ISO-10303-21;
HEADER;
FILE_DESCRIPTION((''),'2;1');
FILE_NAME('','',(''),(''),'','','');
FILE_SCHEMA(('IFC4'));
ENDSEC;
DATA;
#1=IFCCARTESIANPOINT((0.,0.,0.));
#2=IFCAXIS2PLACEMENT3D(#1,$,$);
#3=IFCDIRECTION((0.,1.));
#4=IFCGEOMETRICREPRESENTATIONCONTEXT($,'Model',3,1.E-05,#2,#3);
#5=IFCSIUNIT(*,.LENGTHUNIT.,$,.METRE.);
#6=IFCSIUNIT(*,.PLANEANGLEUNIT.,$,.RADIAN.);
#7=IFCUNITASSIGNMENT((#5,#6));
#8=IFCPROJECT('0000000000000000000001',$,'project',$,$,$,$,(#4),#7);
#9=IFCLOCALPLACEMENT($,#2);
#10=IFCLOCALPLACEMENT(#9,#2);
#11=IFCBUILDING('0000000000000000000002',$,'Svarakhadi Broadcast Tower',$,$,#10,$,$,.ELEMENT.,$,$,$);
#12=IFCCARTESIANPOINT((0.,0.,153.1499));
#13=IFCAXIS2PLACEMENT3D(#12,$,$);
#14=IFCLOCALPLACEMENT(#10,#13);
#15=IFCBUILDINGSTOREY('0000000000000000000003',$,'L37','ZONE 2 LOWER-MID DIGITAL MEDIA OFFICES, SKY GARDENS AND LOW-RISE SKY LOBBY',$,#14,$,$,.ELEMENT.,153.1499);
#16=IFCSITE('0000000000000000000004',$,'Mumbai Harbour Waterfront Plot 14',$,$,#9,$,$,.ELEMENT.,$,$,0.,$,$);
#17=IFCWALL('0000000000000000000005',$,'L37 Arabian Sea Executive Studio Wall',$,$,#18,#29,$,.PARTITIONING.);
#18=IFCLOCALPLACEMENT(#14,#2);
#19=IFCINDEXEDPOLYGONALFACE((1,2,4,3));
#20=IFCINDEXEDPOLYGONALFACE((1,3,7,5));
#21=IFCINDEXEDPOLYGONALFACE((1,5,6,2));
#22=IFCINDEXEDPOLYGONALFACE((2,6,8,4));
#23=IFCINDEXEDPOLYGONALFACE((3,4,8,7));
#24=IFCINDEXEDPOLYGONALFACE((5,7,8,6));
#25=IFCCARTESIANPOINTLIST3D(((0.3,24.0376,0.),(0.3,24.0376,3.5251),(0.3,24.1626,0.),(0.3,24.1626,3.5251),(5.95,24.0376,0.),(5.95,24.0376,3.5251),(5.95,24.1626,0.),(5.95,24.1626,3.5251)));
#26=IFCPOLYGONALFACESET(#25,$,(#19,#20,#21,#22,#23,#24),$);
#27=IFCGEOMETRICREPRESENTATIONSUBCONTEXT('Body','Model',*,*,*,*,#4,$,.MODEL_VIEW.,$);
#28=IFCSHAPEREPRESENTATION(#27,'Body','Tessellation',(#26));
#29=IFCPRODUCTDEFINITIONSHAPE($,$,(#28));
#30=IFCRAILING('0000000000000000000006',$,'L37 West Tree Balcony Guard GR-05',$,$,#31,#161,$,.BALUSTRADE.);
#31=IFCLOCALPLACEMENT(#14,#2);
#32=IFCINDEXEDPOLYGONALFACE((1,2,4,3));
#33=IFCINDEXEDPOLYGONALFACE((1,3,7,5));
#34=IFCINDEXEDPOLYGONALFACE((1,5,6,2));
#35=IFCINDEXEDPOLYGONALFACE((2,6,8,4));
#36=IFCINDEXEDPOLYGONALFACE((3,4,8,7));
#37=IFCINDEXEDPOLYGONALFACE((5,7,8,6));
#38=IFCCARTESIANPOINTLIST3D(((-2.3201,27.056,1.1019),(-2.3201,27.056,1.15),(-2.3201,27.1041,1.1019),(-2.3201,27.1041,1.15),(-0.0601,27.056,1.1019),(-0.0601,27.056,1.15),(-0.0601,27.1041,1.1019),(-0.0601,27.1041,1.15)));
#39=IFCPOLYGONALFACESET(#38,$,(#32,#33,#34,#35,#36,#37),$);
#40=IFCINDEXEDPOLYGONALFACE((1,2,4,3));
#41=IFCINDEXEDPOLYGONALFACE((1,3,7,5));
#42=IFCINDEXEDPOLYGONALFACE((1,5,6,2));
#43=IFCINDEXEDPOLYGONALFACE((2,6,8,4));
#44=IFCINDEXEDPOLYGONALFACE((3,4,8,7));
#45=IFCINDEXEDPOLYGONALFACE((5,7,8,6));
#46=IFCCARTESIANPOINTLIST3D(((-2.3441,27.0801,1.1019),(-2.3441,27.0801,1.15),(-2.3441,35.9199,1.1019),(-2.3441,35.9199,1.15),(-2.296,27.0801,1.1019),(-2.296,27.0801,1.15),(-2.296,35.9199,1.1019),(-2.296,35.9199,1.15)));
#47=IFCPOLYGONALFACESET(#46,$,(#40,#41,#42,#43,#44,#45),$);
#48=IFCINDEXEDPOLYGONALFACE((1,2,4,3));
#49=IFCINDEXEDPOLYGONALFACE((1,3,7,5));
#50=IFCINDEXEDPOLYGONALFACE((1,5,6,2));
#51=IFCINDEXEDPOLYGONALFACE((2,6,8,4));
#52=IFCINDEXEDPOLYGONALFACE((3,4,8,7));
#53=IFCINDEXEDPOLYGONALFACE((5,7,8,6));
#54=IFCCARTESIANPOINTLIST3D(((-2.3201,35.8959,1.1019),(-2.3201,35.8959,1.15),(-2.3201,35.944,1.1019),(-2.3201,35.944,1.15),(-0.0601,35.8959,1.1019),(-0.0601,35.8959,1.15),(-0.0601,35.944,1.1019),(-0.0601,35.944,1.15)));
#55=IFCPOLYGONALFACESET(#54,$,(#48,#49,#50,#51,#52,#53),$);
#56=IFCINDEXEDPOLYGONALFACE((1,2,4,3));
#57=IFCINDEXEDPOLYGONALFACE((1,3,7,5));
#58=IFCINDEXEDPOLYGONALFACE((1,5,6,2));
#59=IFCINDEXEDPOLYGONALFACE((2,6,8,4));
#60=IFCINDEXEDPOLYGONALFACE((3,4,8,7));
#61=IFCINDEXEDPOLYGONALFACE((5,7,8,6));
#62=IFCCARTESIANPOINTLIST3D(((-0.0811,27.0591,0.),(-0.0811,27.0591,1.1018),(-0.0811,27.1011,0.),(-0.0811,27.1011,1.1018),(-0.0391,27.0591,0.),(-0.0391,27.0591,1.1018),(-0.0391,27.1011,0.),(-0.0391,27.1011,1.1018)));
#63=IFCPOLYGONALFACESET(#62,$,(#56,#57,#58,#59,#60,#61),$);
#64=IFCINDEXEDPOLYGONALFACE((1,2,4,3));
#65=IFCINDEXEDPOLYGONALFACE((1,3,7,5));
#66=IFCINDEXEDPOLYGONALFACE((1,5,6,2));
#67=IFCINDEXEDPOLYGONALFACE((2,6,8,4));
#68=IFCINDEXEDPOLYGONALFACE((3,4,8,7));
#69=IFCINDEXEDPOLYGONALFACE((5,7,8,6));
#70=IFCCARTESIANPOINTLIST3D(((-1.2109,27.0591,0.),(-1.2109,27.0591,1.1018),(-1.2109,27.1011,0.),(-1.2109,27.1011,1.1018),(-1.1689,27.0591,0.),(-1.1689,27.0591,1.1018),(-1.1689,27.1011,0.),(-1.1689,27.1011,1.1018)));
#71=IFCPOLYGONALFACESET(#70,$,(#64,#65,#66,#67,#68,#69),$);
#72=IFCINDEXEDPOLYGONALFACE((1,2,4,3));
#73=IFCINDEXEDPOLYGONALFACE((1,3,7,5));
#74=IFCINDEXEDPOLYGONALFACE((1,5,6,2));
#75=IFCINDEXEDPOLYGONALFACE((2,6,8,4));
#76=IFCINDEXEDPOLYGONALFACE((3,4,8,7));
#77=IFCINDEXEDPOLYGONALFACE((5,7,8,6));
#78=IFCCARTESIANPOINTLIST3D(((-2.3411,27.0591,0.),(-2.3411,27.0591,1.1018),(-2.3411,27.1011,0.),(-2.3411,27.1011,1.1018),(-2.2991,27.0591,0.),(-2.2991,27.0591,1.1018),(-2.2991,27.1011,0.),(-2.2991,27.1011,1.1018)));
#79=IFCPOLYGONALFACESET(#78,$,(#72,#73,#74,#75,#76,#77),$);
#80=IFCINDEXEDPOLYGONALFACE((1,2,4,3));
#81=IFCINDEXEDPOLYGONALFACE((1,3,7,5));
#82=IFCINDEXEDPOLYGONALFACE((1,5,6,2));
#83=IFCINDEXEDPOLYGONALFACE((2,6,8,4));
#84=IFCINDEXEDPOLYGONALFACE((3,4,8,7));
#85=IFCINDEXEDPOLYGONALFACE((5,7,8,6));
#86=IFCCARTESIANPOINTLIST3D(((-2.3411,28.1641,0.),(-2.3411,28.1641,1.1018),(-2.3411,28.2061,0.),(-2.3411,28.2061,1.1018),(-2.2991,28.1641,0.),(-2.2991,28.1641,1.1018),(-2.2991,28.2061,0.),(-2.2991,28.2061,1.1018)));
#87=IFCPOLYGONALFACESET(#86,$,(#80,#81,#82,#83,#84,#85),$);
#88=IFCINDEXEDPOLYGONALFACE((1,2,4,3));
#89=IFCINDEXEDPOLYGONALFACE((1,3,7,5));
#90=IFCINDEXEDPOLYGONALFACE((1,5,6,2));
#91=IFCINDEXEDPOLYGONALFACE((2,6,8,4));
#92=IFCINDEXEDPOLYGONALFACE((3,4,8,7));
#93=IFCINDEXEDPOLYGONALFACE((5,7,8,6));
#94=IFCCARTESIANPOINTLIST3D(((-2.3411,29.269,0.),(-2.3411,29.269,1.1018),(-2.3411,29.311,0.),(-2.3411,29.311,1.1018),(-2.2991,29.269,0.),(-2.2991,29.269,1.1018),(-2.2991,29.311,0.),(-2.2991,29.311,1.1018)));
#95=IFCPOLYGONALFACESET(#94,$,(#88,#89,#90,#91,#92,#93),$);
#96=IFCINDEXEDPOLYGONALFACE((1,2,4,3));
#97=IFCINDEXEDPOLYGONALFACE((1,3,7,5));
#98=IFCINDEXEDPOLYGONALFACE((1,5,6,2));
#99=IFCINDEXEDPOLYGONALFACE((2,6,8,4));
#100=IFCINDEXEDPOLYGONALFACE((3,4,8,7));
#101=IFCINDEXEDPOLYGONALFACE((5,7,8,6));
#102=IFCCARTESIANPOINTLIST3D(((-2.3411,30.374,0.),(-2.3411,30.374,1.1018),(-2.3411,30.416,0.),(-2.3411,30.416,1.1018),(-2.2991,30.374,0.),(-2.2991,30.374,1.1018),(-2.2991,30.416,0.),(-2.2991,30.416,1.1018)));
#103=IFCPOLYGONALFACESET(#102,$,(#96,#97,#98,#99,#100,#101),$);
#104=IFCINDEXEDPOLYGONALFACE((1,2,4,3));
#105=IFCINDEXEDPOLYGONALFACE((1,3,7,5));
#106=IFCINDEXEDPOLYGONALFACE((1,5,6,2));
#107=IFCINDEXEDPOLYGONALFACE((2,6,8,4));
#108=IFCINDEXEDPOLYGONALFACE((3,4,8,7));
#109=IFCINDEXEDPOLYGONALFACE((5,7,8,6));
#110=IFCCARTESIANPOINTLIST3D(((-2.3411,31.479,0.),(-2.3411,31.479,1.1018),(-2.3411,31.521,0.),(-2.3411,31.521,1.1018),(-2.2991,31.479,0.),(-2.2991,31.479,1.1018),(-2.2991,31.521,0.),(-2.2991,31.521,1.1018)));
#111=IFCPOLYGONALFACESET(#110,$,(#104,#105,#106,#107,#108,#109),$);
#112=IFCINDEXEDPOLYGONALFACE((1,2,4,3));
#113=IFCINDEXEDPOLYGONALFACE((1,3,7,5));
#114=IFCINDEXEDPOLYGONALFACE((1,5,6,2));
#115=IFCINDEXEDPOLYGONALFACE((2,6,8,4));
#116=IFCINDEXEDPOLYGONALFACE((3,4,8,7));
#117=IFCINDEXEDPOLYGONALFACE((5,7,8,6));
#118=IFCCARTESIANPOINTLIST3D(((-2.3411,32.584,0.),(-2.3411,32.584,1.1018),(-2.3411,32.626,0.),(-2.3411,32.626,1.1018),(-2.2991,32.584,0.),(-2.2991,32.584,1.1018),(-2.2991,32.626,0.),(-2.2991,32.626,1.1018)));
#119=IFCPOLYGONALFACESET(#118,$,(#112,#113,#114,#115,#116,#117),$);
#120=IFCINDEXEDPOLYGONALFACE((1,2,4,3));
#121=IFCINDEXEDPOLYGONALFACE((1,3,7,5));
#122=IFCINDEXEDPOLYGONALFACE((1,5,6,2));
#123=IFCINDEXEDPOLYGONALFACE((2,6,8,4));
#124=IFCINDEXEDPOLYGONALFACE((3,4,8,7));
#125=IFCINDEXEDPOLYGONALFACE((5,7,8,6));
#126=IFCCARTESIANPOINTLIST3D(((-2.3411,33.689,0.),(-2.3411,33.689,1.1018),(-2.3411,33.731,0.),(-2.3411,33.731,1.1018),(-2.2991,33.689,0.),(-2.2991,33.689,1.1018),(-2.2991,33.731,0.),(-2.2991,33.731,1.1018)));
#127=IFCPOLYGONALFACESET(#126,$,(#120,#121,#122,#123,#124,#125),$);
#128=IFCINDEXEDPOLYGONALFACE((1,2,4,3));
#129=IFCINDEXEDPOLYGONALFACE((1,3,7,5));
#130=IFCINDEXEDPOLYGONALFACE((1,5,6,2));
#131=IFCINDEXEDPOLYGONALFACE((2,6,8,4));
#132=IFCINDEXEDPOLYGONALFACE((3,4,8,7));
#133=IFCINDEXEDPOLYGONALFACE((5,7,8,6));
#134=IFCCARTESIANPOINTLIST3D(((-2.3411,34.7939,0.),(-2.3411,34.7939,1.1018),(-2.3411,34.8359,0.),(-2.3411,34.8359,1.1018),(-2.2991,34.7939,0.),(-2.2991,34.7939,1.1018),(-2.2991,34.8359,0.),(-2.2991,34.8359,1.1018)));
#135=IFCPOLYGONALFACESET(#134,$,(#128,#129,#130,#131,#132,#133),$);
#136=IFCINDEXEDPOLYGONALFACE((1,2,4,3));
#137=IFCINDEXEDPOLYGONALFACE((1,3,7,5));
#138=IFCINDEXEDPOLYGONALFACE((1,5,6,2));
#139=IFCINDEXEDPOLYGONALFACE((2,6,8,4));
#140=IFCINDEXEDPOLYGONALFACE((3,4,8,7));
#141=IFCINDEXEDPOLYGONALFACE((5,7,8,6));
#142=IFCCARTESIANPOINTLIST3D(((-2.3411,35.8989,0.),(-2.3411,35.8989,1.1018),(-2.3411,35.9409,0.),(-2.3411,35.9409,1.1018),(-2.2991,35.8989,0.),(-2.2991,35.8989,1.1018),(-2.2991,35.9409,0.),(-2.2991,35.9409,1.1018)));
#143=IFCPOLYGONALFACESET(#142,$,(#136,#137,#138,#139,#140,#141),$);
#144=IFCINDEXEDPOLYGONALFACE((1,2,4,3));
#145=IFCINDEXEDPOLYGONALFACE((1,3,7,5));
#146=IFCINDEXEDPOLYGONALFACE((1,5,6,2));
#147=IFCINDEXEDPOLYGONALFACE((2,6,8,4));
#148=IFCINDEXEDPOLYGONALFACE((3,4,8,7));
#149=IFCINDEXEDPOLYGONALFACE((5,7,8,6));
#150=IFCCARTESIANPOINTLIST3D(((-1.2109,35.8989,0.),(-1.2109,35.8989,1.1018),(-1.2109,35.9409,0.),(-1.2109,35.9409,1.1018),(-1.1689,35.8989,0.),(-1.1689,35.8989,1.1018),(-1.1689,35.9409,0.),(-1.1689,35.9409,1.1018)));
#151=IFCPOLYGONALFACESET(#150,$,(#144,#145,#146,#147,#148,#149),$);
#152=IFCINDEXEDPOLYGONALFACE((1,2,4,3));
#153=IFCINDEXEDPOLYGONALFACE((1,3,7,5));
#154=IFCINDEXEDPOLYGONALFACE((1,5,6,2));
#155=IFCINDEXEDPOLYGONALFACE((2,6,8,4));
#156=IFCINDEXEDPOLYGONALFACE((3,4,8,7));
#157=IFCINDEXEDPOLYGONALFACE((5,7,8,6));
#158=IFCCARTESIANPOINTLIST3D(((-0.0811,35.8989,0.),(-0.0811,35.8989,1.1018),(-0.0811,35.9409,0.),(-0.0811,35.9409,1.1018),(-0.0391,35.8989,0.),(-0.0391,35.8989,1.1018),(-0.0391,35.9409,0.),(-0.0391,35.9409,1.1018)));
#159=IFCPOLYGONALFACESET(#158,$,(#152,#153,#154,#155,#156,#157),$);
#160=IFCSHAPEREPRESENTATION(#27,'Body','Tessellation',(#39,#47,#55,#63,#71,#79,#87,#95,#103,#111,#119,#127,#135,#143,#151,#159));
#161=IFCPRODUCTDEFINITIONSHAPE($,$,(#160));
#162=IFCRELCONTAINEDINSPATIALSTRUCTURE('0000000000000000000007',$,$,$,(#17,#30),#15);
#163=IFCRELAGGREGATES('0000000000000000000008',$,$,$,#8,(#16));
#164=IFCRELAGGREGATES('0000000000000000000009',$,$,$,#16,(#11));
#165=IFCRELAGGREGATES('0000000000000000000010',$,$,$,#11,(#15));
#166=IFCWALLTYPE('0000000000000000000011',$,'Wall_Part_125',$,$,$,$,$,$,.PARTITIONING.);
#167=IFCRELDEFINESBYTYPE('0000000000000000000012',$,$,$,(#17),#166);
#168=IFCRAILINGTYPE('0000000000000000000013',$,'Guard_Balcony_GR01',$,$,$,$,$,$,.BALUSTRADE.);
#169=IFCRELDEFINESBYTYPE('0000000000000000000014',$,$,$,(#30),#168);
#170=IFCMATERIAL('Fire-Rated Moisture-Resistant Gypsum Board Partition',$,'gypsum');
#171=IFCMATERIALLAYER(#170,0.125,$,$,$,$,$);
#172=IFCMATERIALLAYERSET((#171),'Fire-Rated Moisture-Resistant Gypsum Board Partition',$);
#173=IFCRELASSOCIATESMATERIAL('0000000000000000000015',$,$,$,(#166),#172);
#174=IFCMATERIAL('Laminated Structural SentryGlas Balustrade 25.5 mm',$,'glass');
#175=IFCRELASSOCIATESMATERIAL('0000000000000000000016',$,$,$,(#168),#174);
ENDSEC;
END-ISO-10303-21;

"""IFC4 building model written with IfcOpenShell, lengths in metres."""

from ifc_helpers import new_model, si_unit, direction, frame, frame_2d, origin, origin_2d, place, context, subcontext, project, spatial, rectangle, extrude, material, layer, layer_set, type_object, element, save


model = new_model("IFC4")

# Units and contexts
model_context = context("Model", 3, precision=1e-05, world=origin(), true_north=direction((0.0, 1.0)))
body_context = subcontext(model_context, "Body", "Model", "MODEL_VIEW")
ifc_project = project(units=[si_unit("LENGTHUNIT", "METRE"), si_unit("PLANEANGLEUNIT", "RADIAN")], contexts=[model_context])

# Site, building, storey
site_placement = place(None, origin())
site = spatial("IfcSite", under=ifc_project, at=site_placement, Name="Mumbai Harbour Waterfront Plot 14", CompositionType="ELEMENT", RefElevation=0.0)
building_placement = place(site_placement, origin())
building = spatial("IfcBuilding", under=site, at=building_placement, Name="Svarakhadi Broadcast Tower", CompositionType="ELEMENT")
storey_placement = place(building_placement, frame((0.0, 0.0, 153.1499)))
storey = spatial("IfcBuildingStorey", under=building, at=storey_placement, Name="L37", Description="ZONE 2 LOWER-MID DIGITAL MEDIA OFFICES, SKY GARDENS AND LOW-RISE SKY LOBBY", CompositionType="ELEMENT", Elevation=153.1499)

# Wall
ifc_material_1 = material(Name="Fire-Rated Moisture-Resistant Gypsum Board Partition", Category="gypsum")
ifc_layer_1 = layer(ifc_material_1, 0.125)
ifc_layer_set_1 = layer_set([ifc_layer_1], Name="Fire-Rated Moisture-Resistant Gypsum Board Partition")
wall_type_1 = type_object("IfcWallType", Name="Wall_Part_125", PredefinedType="PARTITIONING", material=ifc_layer_set_1)
wall_1_placement = place(storey_placement, frame((0.3, 24.1001, 0.0), z_axis=(0.0, 0.0, 1.0), x_axis=(1.0, 0.0, 0.0)))
element("IfcWall", 1, at=wall_1_placement, inside=storey, type_object=wall_type_1, Name="L37 Arabian Sea Executive Studio Wall", PredefinedType="PARTITIONING", context=body_context, shape_type="SweptSolid", body=[
    extrude(rectangle(XDim=5.6499, YDim=0.125, at=frame_2d((2.825, 0.0))), origin(), (0.0, 0.0, 1.0), 3.5251),
])

# Railing
ifc_material_2 = material(Name="Laminated Structural SentryGlas Balustrade 25.5 mm", Category="glass")
railing_type = type_object("IfcRailingType", Name="Guard_Balcony_GR01", PredefinedType="BALUSTRADE", material=ifc_material_2)
railing_placement = place(storey_placement, frame((-0.0601, 27.0801, 0.0)))
element("IfcRailing", 2, at=railing_placement, inside=storey, type_object=railing_type, Name="L37 West Tree Balcony Guard GR-05", PredefinedType="BALUSTRADE", context=body_context, shape_type="SweptSolid", body=[
    extrude(rectangle(XDim=0.0481, YDim=0.0481, at=origin_2d()), frame((0.0, 0.0, 1.126), z_axis=(-1.0, 0.0, 0.0), x_axis=(0.0, -1.0, 0.0)), (0.0, 0.0, 1.0), 2.26),
    extrude(rectangle(XDim=0.0481, YDim=0.0481, at=origin_2d()), frame((-2.26, 0.0, 1.126), z_axis=(0.0, 1.0, 0.0), x_axis=(-1.0, 0.0, 0.0)), (0.0, 0.0, 1.0), 8.8398),
    extrude(rectangle(XDim=0.0481, YDim=0.0481, at=origin_2d()), frame((-2.26, 8.8398, 1.126), z_axis=(1.0, 0.0, 0.0), x_axis=(0.0, 1.0, 0.0)), (0.0, 0.0, 1.0), 2.26),
    extrude(rectangle(XDim=0.042, YDim=0.042, at=origin_2d()), origin(), (0.0, 0.0, 1.0), 1.1018),
    extrude(rectangle(XDim=0.042, YDim=0.042, at=origin_2d()), frame((-1.1299, 0.0, 0.0)), (0.0, 0.0, 1.0), 1.1018),
    extrude(rectangle(XDim=0.042, YDim=0.042, at=origin_2d()), frame((-2.26, 0.0, 0.0)), (0.0, 0.0, 1.0), 1.1018),
    extrude(rectangle(XDim=0.042, YDim=0.042, at=origin_2d()), frame((-2.26, 1.105, 0.0)), (0.0, 0.0, 1.0), 1.1018),
    extrude(rectangle(XDim=0.042, YDim=0.042, at=origin_2d()), frame((-2.26, 2.21, 0.0)), (0.0, 0.0, 1.0), 1.1018),
    extrude(rectangle(XDim=0.042, YDim=0.042, at=origin_2d()), frame((-2.26, 3.3149, 0.0)), (0.0, 0.0, 1.0), 1.1018),
    extrude(rectangle(XDim=0.042, YDim=0.042, at=origin_2d()), frame((-2.26, 4.4199, 0.0)), (0.0, 0.0, 1.0), 1.1018),
    extrude(rectangle(XDim=0.042, YDim=0.042, at=origin_2d()), frame((-2.26, 5.5249, 0.0)), (0.0, 0.0, 1.0), 1.1018),
    extrude(rectangle(XDim=0.042, YDim=0.042, at=origin_2d()), frame((-2.26, 6.6299, 0.0)), (0.0, 0.0, 1.0), 1.1018),
    extrude(rectangle(XDim=0.042, YDim=0.042, at=origin_2d()), frame((-2.26, 7.7349, 0.0)), (0.0, 0.0, 1.0), 1.1018),
    extrude(rectangle(XDim=0.042, YDim=0.042, at=origin_2d()), frame((-2.26, 8.8398, 0.0)), (0.0, 0.0, 1.0), 1.1018),
    extrude(rectangle(XDim=0.042, YDim=0.042, at=origin_2d()), frame((-1.1299, 8.8398, 0.0)), (0.0, 0.0, 1.0), 1.1018),
    extrude(rectangle(XDim=0.042, YDim=0.042, at=origin_2d()), frame((0.0, 8.8398, 0.0)), (0.0, 0.0, 1.0), 1.1018),
])

save(model, "model.ifc")
